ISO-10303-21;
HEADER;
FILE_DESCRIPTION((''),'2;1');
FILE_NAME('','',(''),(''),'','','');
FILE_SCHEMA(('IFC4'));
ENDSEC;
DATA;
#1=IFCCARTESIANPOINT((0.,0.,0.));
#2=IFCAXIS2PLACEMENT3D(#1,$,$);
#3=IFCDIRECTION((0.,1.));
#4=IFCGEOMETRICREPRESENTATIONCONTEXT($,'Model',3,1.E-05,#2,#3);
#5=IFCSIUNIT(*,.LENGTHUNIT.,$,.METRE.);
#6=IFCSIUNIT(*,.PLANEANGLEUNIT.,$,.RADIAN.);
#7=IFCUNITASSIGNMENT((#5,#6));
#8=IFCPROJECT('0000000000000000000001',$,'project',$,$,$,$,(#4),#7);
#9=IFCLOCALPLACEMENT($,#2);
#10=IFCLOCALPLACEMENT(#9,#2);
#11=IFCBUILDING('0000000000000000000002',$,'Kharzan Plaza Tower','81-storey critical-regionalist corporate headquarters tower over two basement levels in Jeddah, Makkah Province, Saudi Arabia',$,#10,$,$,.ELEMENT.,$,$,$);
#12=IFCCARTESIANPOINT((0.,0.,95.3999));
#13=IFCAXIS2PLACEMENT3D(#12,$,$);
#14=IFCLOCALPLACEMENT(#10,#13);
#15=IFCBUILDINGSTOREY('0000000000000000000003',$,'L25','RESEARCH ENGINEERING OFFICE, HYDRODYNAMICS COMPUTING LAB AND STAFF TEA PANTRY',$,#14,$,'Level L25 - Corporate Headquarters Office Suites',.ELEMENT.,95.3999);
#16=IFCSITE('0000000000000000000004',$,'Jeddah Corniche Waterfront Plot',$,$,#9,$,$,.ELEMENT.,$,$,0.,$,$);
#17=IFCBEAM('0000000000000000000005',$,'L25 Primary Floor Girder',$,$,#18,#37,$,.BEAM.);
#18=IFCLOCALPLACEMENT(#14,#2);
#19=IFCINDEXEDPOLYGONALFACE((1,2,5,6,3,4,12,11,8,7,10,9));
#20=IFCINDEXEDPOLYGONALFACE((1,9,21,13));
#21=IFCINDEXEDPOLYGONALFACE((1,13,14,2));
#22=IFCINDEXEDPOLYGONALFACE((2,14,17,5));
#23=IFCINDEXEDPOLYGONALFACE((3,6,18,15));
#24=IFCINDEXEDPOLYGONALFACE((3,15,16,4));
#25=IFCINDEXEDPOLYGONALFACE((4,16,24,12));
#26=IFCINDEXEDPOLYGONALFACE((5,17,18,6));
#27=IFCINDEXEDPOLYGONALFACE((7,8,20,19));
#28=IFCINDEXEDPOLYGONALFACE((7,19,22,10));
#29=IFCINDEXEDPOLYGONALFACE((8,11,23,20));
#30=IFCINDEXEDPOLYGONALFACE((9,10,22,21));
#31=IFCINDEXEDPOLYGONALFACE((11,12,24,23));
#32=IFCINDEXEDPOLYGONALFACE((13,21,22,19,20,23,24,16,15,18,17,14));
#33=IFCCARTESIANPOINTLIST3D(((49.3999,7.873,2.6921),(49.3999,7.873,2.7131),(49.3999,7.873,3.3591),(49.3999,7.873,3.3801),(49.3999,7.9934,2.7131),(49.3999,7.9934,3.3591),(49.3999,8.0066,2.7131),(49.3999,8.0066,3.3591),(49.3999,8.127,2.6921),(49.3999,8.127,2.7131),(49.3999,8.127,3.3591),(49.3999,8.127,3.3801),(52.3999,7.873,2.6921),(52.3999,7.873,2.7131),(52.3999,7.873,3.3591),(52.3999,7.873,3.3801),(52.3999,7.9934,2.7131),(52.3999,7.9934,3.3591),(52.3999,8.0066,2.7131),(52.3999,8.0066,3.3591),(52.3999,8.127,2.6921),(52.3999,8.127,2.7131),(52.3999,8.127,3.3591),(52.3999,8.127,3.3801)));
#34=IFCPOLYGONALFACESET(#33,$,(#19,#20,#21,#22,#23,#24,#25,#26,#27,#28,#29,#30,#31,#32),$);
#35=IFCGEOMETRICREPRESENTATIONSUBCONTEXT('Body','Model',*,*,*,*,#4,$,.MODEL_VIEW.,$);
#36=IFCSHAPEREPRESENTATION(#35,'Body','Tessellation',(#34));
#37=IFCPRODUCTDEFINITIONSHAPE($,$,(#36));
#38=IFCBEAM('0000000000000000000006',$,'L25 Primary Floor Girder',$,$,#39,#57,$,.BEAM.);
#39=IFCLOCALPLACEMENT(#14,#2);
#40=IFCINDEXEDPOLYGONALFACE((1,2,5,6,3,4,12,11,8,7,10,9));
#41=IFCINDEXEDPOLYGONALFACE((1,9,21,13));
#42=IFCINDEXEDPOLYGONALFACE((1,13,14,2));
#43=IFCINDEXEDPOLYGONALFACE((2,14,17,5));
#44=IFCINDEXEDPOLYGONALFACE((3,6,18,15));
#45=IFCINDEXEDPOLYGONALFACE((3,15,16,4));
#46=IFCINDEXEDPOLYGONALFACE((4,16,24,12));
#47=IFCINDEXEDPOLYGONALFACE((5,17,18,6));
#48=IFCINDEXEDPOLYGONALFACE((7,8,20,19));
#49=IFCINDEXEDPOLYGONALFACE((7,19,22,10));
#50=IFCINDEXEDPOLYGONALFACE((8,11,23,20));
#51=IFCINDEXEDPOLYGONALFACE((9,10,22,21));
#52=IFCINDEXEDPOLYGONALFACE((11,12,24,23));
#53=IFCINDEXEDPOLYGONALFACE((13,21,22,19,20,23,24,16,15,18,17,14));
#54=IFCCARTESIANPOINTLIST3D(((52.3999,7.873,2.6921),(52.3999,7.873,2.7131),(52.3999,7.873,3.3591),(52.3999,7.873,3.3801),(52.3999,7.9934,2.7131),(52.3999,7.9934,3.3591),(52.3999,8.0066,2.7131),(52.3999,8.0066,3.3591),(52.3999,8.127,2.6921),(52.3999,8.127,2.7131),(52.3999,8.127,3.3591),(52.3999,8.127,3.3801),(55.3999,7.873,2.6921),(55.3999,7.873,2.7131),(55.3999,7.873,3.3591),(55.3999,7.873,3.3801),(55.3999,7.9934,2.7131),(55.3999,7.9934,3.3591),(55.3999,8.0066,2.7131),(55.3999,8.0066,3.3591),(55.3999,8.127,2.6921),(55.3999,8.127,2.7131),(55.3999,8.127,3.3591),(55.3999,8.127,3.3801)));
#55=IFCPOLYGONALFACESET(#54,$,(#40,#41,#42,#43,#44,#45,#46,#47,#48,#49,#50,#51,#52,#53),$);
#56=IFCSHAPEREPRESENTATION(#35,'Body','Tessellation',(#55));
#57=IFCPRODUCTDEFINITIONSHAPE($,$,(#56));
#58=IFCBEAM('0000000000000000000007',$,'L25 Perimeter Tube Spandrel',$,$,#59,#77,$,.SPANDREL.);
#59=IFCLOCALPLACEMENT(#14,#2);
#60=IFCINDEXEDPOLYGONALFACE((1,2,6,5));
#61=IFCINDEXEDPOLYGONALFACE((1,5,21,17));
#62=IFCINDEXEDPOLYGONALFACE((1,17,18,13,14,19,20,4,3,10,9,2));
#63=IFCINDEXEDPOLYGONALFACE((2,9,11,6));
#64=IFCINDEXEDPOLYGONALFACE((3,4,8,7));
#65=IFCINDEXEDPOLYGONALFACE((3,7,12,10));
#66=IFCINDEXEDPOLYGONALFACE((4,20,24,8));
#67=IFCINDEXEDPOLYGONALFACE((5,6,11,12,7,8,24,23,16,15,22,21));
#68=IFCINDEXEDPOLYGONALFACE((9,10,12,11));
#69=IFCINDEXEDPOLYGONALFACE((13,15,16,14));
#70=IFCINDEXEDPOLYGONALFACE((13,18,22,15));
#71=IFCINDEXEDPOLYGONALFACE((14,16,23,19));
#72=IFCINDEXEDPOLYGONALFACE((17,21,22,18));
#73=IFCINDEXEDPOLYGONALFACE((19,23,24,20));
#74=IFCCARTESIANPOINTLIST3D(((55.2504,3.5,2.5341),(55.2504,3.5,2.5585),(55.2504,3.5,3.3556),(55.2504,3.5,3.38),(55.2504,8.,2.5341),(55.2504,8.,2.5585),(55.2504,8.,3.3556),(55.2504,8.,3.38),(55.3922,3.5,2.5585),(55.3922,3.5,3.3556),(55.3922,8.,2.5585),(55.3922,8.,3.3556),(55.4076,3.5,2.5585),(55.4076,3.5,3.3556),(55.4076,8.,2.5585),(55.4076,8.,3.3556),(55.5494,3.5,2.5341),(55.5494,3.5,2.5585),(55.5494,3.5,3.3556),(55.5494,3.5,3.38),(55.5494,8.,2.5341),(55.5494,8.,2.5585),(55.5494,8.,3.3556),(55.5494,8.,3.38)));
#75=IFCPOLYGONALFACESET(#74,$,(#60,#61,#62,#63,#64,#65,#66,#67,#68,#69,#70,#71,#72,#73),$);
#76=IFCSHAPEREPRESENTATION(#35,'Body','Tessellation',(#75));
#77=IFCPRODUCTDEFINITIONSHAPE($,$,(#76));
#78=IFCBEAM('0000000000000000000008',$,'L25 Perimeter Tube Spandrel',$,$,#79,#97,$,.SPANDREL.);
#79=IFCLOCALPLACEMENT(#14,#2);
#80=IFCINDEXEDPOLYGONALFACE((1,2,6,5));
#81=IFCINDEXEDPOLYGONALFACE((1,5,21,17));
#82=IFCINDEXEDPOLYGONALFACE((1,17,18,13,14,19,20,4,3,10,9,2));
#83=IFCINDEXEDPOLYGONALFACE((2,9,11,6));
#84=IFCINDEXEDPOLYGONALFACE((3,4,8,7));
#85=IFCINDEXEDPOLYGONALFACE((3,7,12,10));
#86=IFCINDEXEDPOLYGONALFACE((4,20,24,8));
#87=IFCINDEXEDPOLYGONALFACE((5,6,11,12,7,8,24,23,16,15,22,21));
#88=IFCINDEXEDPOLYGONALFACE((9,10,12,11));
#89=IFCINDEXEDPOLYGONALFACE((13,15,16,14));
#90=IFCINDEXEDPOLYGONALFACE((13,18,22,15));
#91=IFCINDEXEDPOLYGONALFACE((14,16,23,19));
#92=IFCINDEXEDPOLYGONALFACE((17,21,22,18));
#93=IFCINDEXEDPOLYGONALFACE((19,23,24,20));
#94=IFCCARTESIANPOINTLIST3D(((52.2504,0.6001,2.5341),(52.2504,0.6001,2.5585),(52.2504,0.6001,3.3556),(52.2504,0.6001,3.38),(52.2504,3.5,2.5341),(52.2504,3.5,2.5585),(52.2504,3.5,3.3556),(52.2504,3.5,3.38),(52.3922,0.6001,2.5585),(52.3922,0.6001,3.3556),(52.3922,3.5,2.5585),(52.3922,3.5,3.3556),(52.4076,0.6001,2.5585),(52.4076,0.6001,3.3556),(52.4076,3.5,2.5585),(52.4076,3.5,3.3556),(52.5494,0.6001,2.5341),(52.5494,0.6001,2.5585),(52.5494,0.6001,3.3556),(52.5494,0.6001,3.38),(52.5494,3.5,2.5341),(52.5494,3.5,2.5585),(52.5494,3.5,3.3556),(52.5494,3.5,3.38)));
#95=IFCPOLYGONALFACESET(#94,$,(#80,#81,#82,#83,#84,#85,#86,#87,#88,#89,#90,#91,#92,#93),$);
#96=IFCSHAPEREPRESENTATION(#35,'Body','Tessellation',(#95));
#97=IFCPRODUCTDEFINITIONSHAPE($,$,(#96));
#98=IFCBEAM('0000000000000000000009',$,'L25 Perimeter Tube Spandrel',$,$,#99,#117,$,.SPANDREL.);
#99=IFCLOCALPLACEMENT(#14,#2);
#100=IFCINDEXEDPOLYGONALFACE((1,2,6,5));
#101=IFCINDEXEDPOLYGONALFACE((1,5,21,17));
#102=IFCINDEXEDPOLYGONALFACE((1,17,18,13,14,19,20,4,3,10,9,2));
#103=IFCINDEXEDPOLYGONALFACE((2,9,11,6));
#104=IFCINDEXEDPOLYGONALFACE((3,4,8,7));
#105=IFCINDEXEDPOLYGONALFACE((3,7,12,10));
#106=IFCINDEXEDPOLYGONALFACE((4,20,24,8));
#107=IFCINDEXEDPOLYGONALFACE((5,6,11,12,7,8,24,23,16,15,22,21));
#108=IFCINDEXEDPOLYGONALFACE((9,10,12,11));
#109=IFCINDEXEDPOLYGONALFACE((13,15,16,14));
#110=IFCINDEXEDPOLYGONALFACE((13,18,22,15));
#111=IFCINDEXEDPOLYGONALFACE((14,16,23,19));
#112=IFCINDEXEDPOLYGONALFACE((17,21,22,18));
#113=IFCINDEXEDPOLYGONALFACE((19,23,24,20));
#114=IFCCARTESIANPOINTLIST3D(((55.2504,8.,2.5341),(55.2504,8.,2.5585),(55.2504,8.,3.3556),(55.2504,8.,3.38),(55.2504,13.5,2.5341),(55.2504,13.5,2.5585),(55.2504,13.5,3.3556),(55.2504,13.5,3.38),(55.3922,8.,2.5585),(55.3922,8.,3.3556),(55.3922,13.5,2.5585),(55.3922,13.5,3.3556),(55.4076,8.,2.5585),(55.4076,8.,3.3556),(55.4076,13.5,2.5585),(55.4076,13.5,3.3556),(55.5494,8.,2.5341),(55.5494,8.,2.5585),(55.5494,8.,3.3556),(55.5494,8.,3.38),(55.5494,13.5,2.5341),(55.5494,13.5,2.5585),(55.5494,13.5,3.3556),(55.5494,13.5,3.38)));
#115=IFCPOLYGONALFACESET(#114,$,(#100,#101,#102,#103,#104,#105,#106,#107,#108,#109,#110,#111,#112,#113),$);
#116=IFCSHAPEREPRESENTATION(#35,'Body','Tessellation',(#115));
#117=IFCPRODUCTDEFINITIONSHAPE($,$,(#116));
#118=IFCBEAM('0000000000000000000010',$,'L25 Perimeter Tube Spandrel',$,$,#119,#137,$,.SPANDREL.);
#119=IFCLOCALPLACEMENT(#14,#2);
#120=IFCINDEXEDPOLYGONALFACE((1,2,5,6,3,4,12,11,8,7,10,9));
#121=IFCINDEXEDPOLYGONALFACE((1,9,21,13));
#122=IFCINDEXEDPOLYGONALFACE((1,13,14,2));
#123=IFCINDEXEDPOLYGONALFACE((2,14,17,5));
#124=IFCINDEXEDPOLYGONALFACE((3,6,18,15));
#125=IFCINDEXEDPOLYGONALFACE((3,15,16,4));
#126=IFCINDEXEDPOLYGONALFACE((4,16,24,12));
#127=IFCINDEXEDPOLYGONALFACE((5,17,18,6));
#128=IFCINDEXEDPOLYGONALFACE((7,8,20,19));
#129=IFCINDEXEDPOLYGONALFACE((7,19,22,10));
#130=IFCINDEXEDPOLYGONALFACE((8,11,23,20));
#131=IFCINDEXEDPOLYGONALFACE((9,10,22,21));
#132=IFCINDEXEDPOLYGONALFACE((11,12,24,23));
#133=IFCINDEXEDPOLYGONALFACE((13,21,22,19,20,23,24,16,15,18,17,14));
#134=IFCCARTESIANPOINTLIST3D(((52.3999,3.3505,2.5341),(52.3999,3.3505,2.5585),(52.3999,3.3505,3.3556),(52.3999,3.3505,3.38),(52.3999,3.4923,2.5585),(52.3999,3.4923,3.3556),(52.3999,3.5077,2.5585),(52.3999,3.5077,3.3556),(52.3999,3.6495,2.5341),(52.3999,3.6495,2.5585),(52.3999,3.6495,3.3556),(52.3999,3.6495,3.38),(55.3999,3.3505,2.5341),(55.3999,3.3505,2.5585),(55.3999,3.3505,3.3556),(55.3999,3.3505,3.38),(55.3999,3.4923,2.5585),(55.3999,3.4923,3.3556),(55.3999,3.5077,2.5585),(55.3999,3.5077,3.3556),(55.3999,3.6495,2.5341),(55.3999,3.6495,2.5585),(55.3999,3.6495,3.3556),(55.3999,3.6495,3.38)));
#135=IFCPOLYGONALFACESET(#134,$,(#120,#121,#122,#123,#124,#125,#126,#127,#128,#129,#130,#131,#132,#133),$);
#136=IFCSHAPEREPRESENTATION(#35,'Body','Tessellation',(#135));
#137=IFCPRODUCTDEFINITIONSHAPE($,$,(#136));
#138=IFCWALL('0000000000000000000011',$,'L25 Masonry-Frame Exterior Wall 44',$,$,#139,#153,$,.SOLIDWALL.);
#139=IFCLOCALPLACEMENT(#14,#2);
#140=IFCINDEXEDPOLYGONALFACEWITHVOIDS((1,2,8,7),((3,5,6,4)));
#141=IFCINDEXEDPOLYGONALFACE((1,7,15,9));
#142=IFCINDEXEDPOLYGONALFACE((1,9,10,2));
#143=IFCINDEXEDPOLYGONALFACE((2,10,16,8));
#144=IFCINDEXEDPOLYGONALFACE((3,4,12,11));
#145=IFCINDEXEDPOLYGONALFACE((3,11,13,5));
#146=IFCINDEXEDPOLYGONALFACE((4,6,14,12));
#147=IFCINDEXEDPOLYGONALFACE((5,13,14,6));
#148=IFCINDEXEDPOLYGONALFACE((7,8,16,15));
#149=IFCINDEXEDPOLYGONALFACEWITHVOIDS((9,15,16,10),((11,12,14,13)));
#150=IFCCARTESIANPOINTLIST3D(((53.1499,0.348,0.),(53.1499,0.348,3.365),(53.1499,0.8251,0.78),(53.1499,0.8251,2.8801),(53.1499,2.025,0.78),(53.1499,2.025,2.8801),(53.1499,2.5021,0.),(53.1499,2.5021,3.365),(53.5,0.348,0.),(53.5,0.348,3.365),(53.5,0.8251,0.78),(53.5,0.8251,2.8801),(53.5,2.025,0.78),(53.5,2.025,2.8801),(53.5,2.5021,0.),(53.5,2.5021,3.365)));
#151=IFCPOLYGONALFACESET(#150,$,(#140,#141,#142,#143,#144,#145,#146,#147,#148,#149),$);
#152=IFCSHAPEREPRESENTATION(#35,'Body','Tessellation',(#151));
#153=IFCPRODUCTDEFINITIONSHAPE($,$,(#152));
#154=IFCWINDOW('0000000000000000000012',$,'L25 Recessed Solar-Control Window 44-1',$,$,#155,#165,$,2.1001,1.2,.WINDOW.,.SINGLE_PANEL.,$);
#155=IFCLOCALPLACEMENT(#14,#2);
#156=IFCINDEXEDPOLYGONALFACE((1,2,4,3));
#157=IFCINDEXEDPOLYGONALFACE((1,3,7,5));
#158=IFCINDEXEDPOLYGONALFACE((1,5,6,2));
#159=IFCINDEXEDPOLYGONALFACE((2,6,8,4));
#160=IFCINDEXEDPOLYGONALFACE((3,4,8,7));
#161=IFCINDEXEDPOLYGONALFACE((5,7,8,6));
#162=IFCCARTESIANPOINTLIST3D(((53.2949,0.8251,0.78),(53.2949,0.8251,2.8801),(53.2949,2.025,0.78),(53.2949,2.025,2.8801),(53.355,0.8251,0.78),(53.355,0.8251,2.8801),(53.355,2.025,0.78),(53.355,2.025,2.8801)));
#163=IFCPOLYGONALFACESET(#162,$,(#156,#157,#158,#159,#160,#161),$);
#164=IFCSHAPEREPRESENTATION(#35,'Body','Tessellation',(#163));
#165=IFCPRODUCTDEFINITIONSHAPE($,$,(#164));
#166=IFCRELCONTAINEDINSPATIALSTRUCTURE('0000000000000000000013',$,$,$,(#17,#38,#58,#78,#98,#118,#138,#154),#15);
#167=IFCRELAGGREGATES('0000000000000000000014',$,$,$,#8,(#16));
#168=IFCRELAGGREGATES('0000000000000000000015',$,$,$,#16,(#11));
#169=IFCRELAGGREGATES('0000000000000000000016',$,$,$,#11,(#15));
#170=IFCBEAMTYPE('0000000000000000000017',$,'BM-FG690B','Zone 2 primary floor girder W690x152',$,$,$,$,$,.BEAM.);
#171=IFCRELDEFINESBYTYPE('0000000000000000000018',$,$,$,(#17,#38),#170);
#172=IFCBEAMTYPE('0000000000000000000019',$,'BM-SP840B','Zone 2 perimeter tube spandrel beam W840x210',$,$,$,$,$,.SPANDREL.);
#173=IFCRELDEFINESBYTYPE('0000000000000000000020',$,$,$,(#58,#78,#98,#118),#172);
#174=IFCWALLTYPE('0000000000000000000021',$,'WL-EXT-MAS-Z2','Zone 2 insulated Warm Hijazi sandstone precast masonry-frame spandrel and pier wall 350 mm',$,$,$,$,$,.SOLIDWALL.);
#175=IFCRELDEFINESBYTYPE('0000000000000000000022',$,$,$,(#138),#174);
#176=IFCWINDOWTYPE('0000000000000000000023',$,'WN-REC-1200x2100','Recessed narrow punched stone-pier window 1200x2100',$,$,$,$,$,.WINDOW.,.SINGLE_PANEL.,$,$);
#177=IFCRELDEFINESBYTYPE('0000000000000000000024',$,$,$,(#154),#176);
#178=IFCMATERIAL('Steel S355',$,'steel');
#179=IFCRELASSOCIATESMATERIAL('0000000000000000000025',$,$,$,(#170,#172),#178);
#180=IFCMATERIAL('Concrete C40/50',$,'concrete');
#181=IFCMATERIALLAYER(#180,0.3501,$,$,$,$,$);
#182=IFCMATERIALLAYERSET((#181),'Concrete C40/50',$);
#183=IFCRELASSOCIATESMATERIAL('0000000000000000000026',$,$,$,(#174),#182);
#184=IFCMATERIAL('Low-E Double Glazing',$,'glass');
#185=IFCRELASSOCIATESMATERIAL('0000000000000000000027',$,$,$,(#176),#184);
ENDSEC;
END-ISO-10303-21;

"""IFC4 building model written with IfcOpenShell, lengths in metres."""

from ifc_helpers import new_model, si_unit, direction, frame, frame_2d, origin, origin_2d, place, context, subcontext, project, spatial, rectangle, i_section, extrude, source, transform, mapped, material, layer, layer_set, material_profile, profile_set, type_object, element, fill, save


model = new_model("IFC4")

# Units and contexts
model_context = context("Model", 3, precision=1e-05, world=origin(), true_north=direction((0.0, 1.0)))
body_context = subcontext(model_context, "Body", "Model", "MODEL_VIEW")
ifc_project = project(units=[si_unit("LENGTHUNIT", "METRE"), si_unit("PLANEANGLEUNIT", "RADIAN")], contexts=[model_context])

# Site, building, storey
site_placement = place(None, origin())
site = spatial("IfcSite", under=ifc_project, at=site_placement, Name="Jeddah Corniche Waterfront Plot", CompositionType="ELEMENT", RefElevation=0.0)
building_placement = place(site_placement, origin())
building = spatial("IfcBuilding", under=site, at=building_placement, Name="Kharzan Plaza Tower", Description="81-storey critical-regionalist corporate headquarters tower over two basement levels in Jeddah, Makkah Province, Saudi Arabia", CompositionType="ELEMENT")
storey_placement = place(building_placement, frame((0.0, 0.0, 95.3999)))
storey = spatial("IfcBuildingStorey", under=building, at=storey_placement, Name="L25", Description="RESEARCH ENGINEERING OFFICE, HYDRODYNAMICS COMPUTING LAB AND STAFF TEA PANTRY", LongName="Level L25 - Corporate Headquarters Office Suites", CompositionType="ELEMENT", Elevation=95.3999)

# Beams
ifc_material_1 = material(Name="Steel S355", Category="steel")
ifc_material_profile_1 = material_profile(ifc_material_1, i_section(OverallWidth=0.2539, OverallDepth=0.688, WebThickness=0.0132, FlangeThickness=0.021, at=origin_2d()), Name="W690x152")
ifc_profile_set_1 = profile_set([ifc_material_profile_1], Name="Steel S355")
beam_type_1 = type_object("IfcBeamType", Name="BM-FG690B", Description="Zone 2 primary floor girder W690x152", PredefinedType="BEAM", material=ifc_profile_set_1)
shared_shape_1 = source(origin(), body_context, "Body", "SweptSolid", [
    extrude(i_section(OverallWidth=0.2539, OverallDepth=0.688, WebThickness=0.0132, FlangeThickness=0.021, at=origin_2d()), origin(), (0.0, 0.0, 1.0), 3.0),
])
for number, where, z_axis, x_axis, name in (
    (1, (49.3999, 8.0, 3.0361), (1.0, 0.0, 0.0), (0.0, 1.0, 0.0), "L25 Primary Floor Girder"),
    (2, (52.3999, 8.0, 3.0361), (1.0, 0.0, 0.0), (0.0, 1.0, 0.0), "L25 Primary Floor Girder"),
):
    element("IfcBeam", number, at=place(storey_placement, frame(where, z_axis=z_axis, x_axis=x_axis)), inside=storey, type_object=beam_type_1, Name=name, PredefinedType="BEAM", context=body_context, shape_type="MappedRepresentation", body=[
        mapped(shared_shape_1, transform((0.0, 0.0, 0.0), x_axis=(1.0, 0.0, 0.0), y_axis=(0.0, 1.0, 0.0), z_axis=(0.0, 0.0, 1.0))),
    ])
ifc_material_profile_2 = material_profile(ifc_material_1, i_section(OverallWidth=0.2991, OverallDepth=0.8459, WebThickness=0.0154, FlangeThickness=0.0244, at=origin_2d()), Name="W840x210")
ifc_profile_set_2 = profile_set([ifc_material_profile_2], Name="Steel S355")
beam_type_2 = type_object("IfcBeamType", Name="BM-SP840B", Description="Zone 2 perimeter tube spandrel beam W840x210", PredefinedType="SPANDREL", material=ifc_profile_set_2)
shared_shape_2 = source(origin(), body_context, "Body", "SweptSolid", [
    extrude(i_section(OverallWidth=0.2991, OverallDepth=0.8459, WebThickness=0.0154, FlangeThickness=0.0244, at=origin_2d()), origin(), (0.0, 0.0, 1.0), 4.5),
])
beam_1_placement = place(storey_placement, frame((55.3999, 3.5, 2.957), z_axis=(0.0, 1.0, 0.0), x_axis=(-1.0, 0.0, 0.0)))
element("IfcBeam", 3, at=beam_1_placement, inside=storey, type_object=beam_type_2, Name="L25 Perimeter Tube Spandrel", PredefinedType="SPANDREL", context=body_context, shape_type="MappedRepresentation", body=[
    mapped(shared_shape_2, transform((0.0, 0.0, 0.0), x_axis=(1.0, 0.0, 0.0), y_axis=(0.0, 1.0, 0.0), z_axis=(0.0, 0.0, 1.0))),
])
shared_shape_3 = source(origin(), body_context, "Body", "SweptSolid", [
    extrude(i_section(OverallWidth=0.2991, OverallDepth=0.8459, WebThickness=0.0154, FlangeThickness=0.0244, at=origin_2d()), origin(), (0.0, 0.0, 1.0), 2.8999),
])
beam_2_placement = place(storey_placement, frame((52.3999, 0.6001, 2.957), z_axis=(0.0, 1.0, 0.0), x_axis=(-1.0, 0.0, 0.0)))
element("IfcBeam", 4, at=beam_2_placement, inside=storey, type_object=beam_type_2, Name="L25 Perimeter Tube Spandrel", PredefinedType="SPANDREL", context=body_context, shape_type="MappedRepresentation", body=[
    mapped(shared_shape_3, transform((0.0, 0.0, 0.0), x_axis=(1.0, 0.0, 0.0), y_axis=(0.0, 1.0, 0.0), z_axis=(0.0, 0.0, 1.0))),
])
shared_shape_4 = source(origin(), body_context, "Body", "SweptSolid", [
    extrude(i_section(OverallWidth=0.2991, OverallDepth=0.8459, WebThickness=0.0154, FlangeThickness=0.0244, at=origin_2d()), origin(), (0.0, 0.0, 1.0), 5.5),
])
beam_3_placement = place(storey_placement, frame((55.3999, 8.0, 2.957), z_axis=(0.0, 1.0, 0.0), x_axis=(-1.0, 0.0, 0.0)))
element("IfcBeam", 5, at=beam_3_placement, inside=storey, type_object=beam_type_2, Name="L25 Perimeter Tube Spandrel", PredefinedType="SPANDREL", context=body_context, shape_type="MappedRepresentation", body=[
    mapped(shared_shape_4, transform((0.0, 0.0, 0.0), x_axis=(1.0, 0.0, 0.0), y_axis=(0.0, 1.0, 0.0), z_axis=(0.0, 0.0, 1.0))),
])
shared_shape_5 = source(origin(), body_context, "Body", "SweptSolid", [
    extrude(i_section(OverallWidth=0.2991, OverallDepth=0.8459, WebThickness=0.0154, FlangeThickness=0.0244, at=origin_2d()), origin(), (0.0, 0.0, 1.0), 3.0),
])
beam_4_placement = place(storey_placement, frame((52.3999, 3.5, 2.957), z_axis=(1.0, 0.0, 0.0), x_axis=(0.0, 1.0, 0.0)))
element("IfcBeam", 6, at=beam_4_placement, inside=storey, type_object=beam_type_2, Name="L25 Perimeter Tube Spandrel", PredefinedType="SPANDREL", context=body_context, shape_type="MappedRepresentation", body=[
    mapped(shared_shape_5, transform((0.0, 0.0, 0.0), x_axis=(1.0, 0.0, 0.0), y_axis=(0.0, 1.0, 0.0), z_axis=(0.0, 0.0, 1.0))),
])

# Wall, opening, window
ifc_material_2 = material(Name="Concrete C40/50", Category="concrete")
ifc_layer_1 = layer(ifc_material_2, 0.3501)
ifc_layer_set_1 = layer_set([ifc_layer_1], Name="Concrete C40/50")
wall_type_1 = type_object("IfcWallType", Name="WL-EXT-MAS-Z2", Description="Zone 2 insulated Warm Hijazi sandstone precast masonry-frame spandrel and pier wall 350 mm", PredefinedType="SOLIDWALL", material=ifc_layer_set_1)
wall_1_placement = place(storey_placement, frame((53.325, 0.3479, 0.0), z_axis=(0.0, 0.0, 1.0), x_axis=(0.0, 1.0, 0.0)))
wall_1 = element("IfcWall", 7, at=wall_1_placement, inside=storey, type_object=wall_type_1, Name="L25 Masonry-Frame Exterior Wall 44", PredefinedType="SOLIDWALL", context=body_context, shape_type="SweptSolid", body=[
    extrude(rectangle(XDim=2.1541, YDim=0.3501, at=frame_2d((1.0771, 0.0))), origin(), (0.0, 0.0, 1.0), 3.365),
])
opening_1_placement = place(wall_1_placement, frame((0.4771, 0.0, 0.78)))
opening_1 = element("IfcOpeningElement", 8, at=opening_1_placement, cuts=wall_1, PredefinedType="OPENING", context=body_context, shape_type="SweptSolid", body=[
    extrude(rectangle(XDim=1.2, YDim=2.1001, at=frame_2d((0.6001, 1.05))), frame((0.0, 0.1851, 0.0), z_axis=(0.0, -1.0, 0.0), x_axis=(1.0, 0.0, 0.0)), (0.0, 0.0, 1.0), 0.3701),
])
ifc_material_3 = material(Name="Low-E Double Glazing", Category="glass")
window_type_1 = type_object("IfcWindowType", Name="WN-REC-1200x2100", Description="Recessed narrow punched stone-pier window 1200x2100", PartitioningType="SINGLE_PANEL", PredefinedType="WINDOW", material=ifc_material_3)
shared_shape_6 = source(origin(), body_context, "Body", "SweptSolid", [
    extrude(rectangle(XDim=1.2, YDim=2.1001, at=frame_2d((0.6001, 1.05))), frame((0.0, 0.03, 0.0), z_axis=(0.0, -1.0, 0.0), x_axis=(1.0, 0.0, 0.0)), (0.0, 0.0, 1.0), 0.0601),
])
window_1_placement = place(opening_1_placement, origin())
window_1 = element("IfcWindow", 9, at=window_1_placement, inside=storey, type_object=window_type_1, Name="L25 Recessed Solar-Control Window 44-1", OverallHeight=2.1001, OverallWidth=1.2, PartitioningType="SINGLE_PANEL", PredefinedType="WINDOW", context=body_context, shape_type="MappedRepresentation", body=[
    mapped(shared_shape_6, transform((0.0, 0.0, 0.0), x_axis=(1.0, 0.0, 0.0), y_axis=(0.0, 1.0, 0.0), z_axis=(0.0, 0.0, 1.0))),
])
fill(opening_1, window_1)

save(model, "model.ifc")
